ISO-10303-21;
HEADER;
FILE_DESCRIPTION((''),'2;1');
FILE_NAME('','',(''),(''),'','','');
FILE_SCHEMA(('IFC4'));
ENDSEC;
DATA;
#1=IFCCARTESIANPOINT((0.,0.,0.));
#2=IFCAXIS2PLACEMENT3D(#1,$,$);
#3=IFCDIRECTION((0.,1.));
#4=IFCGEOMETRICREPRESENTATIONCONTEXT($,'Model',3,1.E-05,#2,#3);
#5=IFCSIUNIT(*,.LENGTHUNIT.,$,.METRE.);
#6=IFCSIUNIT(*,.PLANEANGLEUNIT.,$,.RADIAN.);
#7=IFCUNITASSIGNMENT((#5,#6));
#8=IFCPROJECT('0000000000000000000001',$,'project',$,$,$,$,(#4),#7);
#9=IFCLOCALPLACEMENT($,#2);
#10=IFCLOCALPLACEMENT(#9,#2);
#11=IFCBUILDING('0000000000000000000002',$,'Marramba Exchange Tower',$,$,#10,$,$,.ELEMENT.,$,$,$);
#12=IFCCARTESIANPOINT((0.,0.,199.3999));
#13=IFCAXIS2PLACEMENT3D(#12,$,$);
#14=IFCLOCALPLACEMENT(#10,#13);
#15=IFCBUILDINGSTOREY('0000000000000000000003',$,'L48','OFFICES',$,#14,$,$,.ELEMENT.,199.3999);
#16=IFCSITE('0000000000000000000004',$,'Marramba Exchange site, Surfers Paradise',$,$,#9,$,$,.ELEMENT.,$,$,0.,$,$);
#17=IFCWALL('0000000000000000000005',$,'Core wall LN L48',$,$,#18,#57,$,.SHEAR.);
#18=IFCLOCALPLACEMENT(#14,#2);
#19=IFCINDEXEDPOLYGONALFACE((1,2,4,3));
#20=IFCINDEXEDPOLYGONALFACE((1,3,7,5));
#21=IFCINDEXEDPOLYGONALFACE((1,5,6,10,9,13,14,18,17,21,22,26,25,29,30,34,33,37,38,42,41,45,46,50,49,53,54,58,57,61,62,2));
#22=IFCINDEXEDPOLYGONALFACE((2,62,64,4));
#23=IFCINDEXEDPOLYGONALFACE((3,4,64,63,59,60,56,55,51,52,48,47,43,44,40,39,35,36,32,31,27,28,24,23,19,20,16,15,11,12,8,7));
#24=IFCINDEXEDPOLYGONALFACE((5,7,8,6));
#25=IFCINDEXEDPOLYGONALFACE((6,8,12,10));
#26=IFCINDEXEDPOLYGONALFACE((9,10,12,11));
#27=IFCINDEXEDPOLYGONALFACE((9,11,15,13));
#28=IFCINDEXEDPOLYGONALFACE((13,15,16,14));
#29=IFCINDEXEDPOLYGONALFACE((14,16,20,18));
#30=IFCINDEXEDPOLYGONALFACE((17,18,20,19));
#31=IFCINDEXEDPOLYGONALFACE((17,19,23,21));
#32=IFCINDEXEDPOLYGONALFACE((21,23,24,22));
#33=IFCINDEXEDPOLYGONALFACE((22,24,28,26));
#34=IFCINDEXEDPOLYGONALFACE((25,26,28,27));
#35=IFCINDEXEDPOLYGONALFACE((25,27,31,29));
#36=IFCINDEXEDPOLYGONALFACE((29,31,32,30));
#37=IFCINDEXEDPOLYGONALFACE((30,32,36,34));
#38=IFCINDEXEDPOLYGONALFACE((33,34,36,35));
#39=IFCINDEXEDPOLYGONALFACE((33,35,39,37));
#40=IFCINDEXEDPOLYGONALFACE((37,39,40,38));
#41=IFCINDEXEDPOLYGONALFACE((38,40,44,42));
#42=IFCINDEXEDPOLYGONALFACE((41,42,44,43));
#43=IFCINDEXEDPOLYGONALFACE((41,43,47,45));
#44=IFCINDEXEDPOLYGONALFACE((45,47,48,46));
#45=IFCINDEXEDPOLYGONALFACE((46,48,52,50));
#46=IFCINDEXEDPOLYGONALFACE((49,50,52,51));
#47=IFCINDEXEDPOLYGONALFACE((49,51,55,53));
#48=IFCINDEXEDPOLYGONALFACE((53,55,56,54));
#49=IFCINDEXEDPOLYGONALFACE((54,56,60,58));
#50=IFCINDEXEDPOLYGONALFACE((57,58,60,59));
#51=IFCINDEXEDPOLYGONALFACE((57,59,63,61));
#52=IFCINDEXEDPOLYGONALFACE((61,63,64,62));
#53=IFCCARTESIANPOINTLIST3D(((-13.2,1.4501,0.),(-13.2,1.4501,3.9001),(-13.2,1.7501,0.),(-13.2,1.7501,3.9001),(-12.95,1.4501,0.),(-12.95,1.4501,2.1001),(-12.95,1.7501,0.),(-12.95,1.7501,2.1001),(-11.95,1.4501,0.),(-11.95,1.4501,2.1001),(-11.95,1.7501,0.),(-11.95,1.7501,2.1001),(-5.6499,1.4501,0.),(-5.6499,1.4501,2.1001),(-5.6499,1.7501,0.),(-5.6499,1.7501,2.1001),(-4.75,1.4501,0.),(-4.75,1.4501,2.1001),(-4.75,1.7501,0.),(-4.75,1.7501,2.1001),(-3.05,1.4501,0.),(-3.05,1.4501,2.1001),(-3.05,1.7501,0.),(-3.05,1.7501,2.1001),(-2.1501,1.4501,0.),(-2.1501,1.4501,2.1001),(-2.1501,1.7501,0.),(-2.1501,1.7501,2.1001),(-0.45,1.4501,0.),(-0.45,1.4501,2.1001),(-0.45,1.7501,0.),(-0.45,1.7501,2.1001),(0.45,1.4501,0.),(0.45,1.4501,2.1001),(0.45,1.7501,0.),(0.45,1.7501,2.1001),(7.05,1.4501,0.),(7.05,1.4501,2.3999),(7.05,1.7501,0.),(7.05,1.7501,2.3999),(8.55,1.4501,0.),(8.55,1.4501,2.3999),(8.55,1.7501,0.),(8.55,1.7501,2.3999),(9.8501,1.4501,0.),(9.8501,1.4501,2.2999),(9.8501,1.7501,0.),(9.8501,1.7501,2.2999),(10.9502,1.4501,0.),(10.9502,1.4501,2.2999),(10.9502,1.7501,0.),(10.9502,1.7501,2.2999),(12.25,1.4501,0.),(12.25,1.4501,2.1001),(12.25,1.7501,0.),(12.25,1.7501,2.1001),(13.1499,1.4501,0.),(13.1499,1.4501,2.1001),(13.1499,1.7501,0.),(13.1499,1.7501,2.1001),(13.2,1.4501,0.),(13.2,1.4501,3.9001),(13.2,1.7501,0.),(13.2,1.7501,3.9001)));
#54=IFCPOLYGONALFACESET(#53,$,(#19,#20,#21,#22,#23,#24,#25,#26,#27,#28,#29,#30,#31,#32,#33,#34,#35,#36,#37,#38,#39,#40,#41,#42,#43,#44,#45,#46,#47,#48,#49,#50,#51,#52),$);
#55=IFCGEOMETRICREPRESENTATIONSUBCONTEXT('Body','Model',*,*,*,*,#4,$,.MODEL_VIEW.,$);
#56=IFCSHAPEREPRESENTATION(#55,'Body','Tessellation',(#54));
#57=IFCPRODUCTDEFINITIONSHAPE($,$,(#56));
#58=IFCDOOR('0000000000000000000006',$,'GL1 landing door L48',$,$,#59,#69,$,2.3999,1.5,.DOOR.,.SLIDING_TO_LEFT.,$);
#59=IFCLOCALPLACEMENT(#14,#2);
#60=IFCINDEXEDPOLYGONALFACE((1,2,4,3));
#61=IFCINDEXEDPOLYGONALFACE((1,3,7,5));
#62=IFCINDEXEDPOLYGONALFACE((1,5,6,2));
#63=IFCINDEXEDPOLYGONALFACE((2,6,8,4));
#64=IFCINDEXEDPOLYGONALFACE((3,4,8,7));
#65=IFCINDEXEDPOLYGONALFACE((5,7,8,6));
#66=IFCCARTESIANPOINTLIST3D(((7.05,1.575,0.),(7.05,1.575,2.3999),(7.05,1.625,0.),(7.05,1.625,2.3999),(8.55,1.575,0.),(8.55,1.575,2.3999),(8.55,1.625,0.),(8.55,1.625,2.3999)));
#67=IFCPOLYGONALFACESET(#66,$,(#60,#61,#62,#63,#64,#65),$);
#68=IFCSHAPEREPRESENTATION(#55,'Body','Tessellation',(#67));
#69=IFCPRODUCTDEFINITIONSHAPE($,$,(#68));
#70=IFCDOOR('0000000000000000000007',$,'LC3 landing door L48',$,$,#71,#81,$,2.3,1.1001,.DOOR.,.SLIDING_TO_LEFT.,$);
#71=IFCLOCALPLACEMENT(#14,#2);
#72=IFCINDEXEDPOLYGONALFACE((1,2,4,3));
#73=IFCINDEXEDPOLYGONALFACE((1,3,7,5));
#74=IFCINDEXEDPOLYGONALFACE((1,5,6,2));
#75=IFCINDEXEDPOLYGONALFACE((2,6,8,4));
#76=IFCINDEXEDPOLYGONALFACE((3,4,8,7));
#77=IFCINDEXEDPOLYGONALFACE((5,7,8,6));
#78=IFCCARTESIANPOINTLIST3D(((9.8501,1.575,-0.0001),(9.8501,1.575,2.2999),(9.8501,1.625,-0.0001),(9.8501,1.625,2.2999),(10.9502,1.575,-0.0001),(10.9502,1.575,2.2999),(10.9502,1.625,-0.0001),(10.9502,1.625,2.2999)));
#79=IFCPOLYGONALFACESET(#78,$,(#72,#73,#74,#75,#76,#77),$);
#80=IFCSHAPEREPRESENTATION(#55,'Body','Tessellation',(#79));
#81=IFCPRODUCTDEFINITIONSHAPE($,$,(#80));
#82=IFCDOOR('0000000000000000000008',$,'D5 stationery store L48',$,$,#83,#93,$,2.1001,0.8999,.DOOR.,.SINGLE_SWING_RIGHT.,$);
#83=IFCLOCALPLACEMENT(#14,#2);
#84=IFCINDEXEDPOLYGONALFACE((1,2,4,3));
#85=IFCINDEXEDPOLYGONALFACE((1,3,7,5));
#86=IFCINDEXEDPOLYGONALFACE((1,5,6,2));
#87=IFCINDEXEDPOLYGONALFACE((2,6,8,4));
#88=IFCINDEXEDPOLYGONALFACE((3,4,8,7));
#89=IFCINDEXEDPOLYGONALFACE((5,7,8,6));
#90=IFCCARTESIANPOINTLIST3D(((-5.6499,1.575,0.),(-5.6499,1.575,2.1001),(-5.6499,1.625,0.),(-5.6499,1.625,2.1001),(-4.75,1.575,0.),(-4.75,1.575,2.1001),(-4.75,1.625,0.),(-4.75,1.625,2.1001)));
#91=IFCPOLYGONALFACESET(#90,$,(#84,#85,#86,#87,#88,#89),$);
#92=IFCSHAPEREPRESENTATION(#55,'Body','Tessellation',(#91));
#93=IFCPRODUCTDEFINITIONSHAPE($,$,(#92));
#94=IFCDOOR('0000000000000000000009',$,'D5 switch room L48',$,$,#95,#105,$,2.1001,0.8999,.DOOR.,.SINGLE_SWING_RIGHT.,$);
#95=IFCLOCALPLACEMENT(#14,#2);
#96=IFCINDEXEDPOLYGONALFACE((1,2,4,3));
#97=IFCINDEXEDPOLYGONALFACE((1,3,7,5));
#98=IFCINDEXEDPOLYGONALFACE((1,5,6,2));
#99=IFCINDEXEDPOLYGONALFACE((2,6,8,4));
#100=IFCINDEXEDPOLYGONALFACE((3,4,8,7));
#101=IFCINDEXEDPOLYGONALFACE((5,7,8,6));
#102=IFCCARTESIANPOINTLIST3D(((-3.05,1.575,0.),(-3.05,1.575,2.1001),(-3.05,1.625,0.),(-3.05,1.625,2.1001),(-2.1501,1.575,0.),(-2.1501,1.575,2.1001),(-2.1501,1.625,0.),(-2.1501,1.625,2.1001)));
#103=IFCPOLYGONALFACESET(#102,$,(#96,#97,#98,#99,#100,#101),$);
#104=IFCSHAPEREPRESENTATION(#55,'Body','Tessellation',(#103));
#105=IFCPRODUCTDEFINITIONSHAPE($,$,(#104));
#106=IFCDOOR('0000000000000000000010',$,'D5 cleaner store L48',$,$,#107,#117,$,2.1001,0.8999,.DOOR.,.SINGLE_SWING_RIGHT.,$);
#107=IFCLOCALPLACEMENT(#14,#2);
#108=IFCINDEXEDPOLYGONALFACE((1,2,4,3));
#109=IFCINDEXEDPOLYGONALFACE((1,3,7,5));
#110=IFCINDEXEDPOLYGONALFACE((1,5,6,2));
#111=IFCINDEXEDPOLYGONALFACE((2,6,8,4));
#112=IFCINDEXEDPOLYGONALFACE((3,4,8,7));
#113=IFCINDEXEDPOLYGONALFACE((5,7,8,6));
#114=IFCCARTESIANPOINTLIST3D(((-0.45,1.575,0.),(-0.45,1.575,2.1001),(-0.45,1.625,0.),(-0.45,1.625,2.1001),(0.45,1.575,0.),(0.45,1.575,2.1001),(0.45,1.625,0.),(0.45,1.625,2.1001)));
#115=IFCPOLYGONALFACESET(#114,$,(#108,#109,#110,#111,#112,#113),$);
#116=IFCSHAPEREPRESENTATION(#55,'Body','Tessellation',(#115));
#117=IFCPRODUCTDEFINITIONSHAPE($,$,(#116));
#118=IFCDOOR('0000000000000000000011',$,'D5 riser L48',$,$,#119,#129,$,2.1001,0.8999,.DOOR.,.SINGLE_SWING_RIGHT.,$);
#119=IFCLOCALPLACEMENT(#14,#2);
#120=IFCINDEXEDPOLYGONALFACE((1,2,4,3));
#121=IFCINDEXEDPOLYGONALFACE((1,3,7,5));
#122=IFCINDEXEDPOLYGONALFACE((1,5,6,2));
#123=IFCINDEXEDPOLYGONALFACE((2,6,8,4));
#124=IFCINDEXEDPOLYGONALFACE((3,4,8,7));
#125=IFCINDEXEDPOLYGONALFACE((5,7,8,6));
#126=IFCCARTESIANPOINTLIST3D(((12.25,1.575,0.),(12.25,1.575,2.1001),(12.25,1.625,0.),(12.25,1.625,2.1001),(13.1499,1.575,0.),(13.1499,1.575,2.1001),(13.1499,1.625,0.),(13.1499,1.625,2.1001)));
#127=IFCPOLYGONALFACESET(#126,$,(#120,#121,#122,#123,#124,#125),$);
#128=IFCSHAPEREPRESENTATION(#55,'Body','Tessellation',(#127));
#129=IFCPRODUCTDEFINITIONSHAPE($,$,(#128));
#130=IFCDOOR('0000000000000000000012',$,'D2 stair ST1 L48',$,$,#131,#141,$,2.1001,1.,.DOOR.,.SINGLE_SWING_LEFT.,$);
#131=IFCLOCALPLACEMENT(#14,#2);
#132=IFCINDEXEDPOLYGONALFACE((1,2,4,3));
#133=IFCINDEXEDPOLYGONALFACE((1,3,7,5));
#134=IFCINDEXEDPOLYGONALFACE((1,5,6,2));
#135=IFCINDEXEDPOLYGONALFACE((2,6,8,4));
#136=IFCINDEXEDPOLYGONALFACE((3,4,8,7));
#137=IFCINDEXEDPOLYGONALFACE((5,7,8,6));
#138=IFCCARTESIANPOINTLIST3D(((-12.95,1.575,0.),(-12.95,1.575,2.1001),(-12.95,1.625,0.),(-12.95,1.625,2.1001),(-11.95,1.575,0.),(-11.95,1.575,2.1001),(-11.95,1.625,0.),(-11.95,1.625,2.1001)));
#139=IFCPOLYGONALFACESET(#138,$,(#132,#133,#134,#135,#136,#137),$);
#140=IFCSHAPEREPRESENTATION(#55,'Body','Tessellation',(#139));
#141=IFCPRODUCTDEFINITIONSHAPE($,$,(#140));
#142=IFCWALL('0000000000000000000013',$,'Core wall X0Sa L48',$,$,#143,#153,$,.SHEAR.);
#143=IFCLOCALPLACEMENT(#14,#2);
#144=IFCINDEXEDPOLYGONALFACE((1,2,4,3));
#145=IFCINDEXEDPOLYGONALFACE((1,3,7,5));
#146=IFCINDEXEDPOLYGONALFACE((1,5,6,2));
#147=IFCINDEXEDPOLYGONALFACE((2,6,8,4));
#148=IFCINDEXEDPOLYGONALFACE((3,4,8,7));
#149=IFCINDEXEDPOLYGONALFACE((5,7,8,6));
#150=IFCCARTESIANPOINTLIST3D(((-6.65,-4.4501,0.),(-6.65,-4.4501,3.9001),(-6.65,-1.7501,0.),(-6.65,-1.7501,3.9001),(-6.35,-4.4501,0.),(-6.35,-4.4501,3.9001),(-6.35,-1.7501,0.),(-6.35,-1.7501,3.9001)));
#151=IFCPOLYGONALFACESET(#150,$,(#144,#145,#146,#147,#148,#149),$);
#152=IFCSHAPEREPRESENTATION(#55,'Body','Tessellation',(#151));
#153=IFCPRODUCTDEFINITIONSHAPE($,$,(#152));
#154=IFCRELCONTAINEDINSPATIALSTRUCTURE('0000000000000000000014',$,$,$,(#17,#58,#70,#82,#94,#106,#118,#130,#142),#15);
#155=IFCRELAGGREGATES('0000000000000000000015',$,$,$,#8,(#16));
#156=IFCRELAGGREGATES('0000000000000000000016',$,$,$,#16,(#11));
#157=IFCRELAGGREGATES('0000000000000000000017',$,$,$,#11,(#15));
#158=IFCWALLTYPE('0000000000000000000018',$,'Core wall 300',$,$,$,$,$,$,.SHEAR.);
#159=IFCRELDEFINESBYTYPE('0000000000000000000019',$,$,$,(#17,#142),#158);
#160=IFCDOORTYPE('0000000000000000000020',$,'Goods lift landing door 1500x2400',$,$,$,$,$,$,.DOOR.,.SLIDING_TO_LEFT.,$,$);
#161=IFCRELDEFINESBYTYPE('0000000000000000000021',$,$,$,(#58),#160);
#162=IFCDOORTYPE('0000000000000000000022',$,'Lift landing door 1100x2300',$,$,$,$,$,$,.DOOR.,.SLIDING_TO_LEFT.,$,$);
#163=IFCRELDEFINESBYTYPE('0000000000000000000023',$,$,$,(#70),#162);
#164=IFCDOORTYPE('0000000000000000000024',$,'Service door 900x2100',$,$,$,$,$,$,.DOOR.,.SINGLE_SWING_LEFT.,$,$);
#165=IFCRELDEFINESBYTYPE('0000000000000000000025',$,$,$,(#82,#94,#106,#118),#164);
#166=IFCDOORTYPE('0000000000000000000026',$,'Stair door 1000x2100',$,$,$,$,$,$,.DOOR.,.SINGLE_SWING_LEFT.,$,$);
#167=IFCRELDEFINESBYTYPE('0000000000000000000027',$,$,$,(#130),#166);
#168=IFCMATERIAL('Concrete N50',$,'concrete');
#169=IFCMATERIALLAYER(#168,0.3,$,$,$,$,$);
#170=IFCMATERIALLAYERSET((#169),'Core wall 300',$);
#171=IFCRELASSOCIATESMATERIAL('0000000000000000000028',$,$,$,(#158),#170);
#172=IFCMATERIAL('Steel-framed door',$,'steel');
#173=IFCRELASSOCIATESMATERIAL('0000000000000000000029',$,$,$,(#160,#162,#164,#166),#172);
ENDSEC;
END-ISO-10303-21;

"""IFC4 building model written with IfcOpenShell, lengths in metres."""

from ifc_helpers import new_model, si_unit, direction, frame, frame_2d, origin, place, context, subcontext, project, spatial, rectangle, extrude, material, layer, layer_set, type_object, element, fill, save


model = new_model("IFC4")

# Units and contexts
model_context = context("Model", 3, precision=1e-05, world=origin(), true_north=direction((0.0, 1.0)))
body_context = subcontext(model_context, "Body", "Model", "MODEL_VIEW")
ifc_project = project(units=[si_unit("LENGTHUNIT", "METRE"), si_unit("PLANEANGLEUNIT", "RADIAN")], contexts=[model_context])

# Site, building, storey
site_placement = place(None, origin())
site = spatial("IfcSite", under=ifc_project, at=site_placement, Name="Marramba Exchange site, Surfers Paradise", CompositionType="ELEMENT", RefElevation=0.0)
building_placement = place(site_placement, origin())
building = spatial("IfcBuilding", under=site, at=building_placement, Name="Marramba Exchange Tower", CompositionType="ELEMENT")
storey_placement = place(building_placement, frame((0.0, 0.0, 199.3999)))
storey = spatial("IfcBuildingStorey", under=building, at=storey_placement, Name="L48", Description="OFFICES", CompositionType="ELEMENT", Elevation=199.3999)

# Shared definitions
ifc_material_1 = material(Name="Concrete N50", Category="concrete")

# Wall, openings, doors
ifc_layer_1 = layer(ifc_material_1, 0.3)
ifc_layer_set_1 = layer_set([ifc_layer_1], Name="Core wall 300")
wall_type_1 = type_object("IfcWallType", Name="Core wall 300", PredefinedType="SHEAR", material=ifc_layer_set_1)
wall_1_placement = place(storey_placement, frame((-13.2, 1.6001, 0.0), z_axis=(0.0, 0.0, 1.0), x_axis=(1.0, 0.0, 0.0)))
wall_1 = element("IfcWall", 1, at=wall_1_placement, inside=storey, type_object=wall_type_1, Name="Core wall LN L48", PredefinedType="SHEAR", context=body_context, shape_type="SweptSolid", body=[
    extrude(rectangle(XDim=26.3999, YDim=0.3, at=frame_2d((13.2, 0.0))), origin(), (0.0, 0.0, 1.0), 3.9001),
])
opening_1_placement = place(wall_1_placement, frame((0.25, 0.0, 0.0)))
opening_1 = element("IfcOpeningElement", 2, at=opening_1_placement, cuts=wall_1, PredefinedType="OPENING", context=body_context, shape_type="SweptSolid", body=[
    extrude(rectangle(XDim=1.0, YDim=2.1001, at=frame_2d((0.5, 1.05))), frame((0.0, 0.1599, 0.0), z_axis=(0.0, -1.0, 0.0), x_axis=(1.0, 0.0, 0.0)), (0.0, 0.0, 1.0), 0.3201),
])
opening_2_placement = place(wall_1_placement, frame((23.05, 0.0, 0.0)))
opening_2 = element("IfcOpeningElement", 3, at=opening_2_placement, cuts=wall_1, PredefinedType="OPENING", context=body_context, shape_type="SweptSolid", body=[
    extrude(rectangle(XDim=1.1001, YDim=2.3, at=frame_2d((0.55, 1.1499))), frame((0.0, 0.1599, 0.0), z_axis=(0.0, -1.0, 0.0), x_axis=(1.0, 0.0, 0.0)), (0.0, 0.0, 1.0), 0.3201),
])
opening_3_placement = place(wall_1_placement, frame((20.25, 0.0, 0.0)))
opening_3 = element("IfcOpeningElement", 4, at=opening_3_placement, cuts=wall_1, PredefinedType="OPENING", context=body_context, shape_type="SweptSolid", body=[
    extrude(rectangle(XDim=1.5, YDim=2.3999, at=frame_2d((0.75, 1.2))), frame((0.0, 0.1599, 0.0), z_axis=(0.0, -1.0, 0.0), x_axis=(1.0, 0.0, 0.0)), (0.0, 0.0, 1.0), 0.3201),
])
opening_4_placement = place(wall_1_placement, frame((7.55, 0.0, 0.0)))
opening_4 = element("IfcOpeningElement", 5, at=opening_4_placement, cuts=wall_1, PredefinedType="OPENING", context=body_context, shape_type="SweptSolid", body=[
    extrude(rectangle(XDim=0.8999, YDim=2.1001, at=frame_2d((0.45, 1.05))), frame((0.0, 0.1599, 0.0), z_axis=(0.0, -1.0, 0.0), x_axis=(1.0, 0.0, 0.0)), (0.0, 0.0, 1.0), 0.3201),
])
opening_5_placement = place(wall_1_placement, frame((10.1499, 0.0, 0.0)))
opening_5 = element("IfcOpeningElement", 6, at=opening_5_placement, cuts=wall_1, PredefinedType="OPENING", context=body_context, shape_type="SweptSolid", body=[
    extrude(rectangle(XDim=0.8999, YDim=2.1001, at=frame_2d((0.45, 1.05))), frame((0.0, 0.1599, 0.0), z_axis=(0.0, -1.0, 0.0), x_axis=(1.0, 0.0, 0.0)), (0.0, 0.0, 1.0), 0.3201),
])
opening_6_placement = place(wall_1_placement, frame((12.75, 0.0, 0.0)))
opening_6 = element("IfcOpeningElement", 7, at=opening_6_placement, cuts=wall_1, PredefinedType="OPENING", context=body_context, shape_type="SweptSolid", body=[
    extrude(rectangle(XDim=0.8999, YDim=2.1001, at=frame_2d((0.45, 1.05))), frame((0.0, 0.1599, 0.0), z_axis=(0.0, -1.0, 0.0), x_axis=(1.0, 0.0, 0.0)), (0.0, 0.0, 1.0), 0.3201),
])
opening_7_placement = place(wall_1_placement, frame((25.45, 0.0, 0.0)))
opening_7 = element("IfcOpeningElement", 8, at=opening_7_placement, cuts=wall_1, PredefinedType="OPENING", context=body_context, shape_type="SweptSolid", body=[
    extrude(rectangle(XDim=0.8999, YDim=2.1001, at=frame_2d((0.45, 1.05))), frame((0.0, 0.1599, 0.0), z_axis=(0.0, -1.0, 0.0), x_axis=(1.0, 0.0, 0.0)), (0.0, 0.0, 1.0), 0.3201),
])
ifc_material_2 = material(Name="Steel-framed door", Category="steel")
door_type_1 = type_object("IfcDoorType", Name="Goods lift landing door 1500x2400", OperationType="SLIDING_TO_LEFT", PredefinedType="DOOR", material=ifc_material_2)
door_1_placement = place(opening_3_placement, origin())
door_1 = element("IfcDoor", 9, at=door_1_placement, inside=storey, type_object=door_type_1, Name="GL1 landing door L48", OperationType="SLIDING_TO_LEFT", OverallHeight=2.3999, OverallWidth=1.5, PredefinedType="DOOR", context=body_context, shape_type="SweptSolid", body=[
    extrude(rectangle(XDim=1.5, YDim=2.3999, at=frame_2d((0.75, 1.2))), frame((0.0, 0.0249, 0.0), z_axis=(0.0, -1.0, 0.0), x_axis=(1.0, 0.0, 0.0)), (0.0, 0.0, 1.0), 0.05),
])
fill(opening_3, door_1)
door_type_2 = type_object("IfcDoorType", Name="Lift landing door 1100x2300", OperationType="SLIDING_TO_LEFT", PredefinedType="DOOR", material=ifc_material_2)
door_2_placement = place(opening_2_placement, origin())
door_2 = element("IfcDoor", 10, at=door_2_placement, inside=storey, type_object=door_type_2, Name="LC3 landing door L48", OperationType="SLIDING_TO_LEFT", OverallHeight=2.3, OverallWidth=1.1001, PredefinedType="DOOR", context=body_context, shape_type="SweptSolid", body=[
    extrude(rectangle(XDim=1.1001, YDim=2.3, at=frame_2d((0.55, 1.1499))), frame((0.0, 0.0249, 0.0), z_axis=(0.0, -1.0, 0.0), x_axis=(1.0, 0.0, 0.0)), (0.0, 0.0, 1.0), 0.05),
])
fill(opening_2, door_2)
door_type_3 = type_object("IfcDoorType", Name="Service door 900x2100", OperationType="SINGLE_SWING_LEFT", PredefinedType="DOOR", material=ifc_material_2)
door_3_placement = place(opening_4_placement, origin())
door_3 = element("IfcDoor", 11, at=door_3_placement, inside=storey, type_object=door_type_3, Name="D5 stationery store L48", OperationType="SINGLE_SWING_RIGHT", OverallHeight=2.1001, OverallWidth=0.8999, PredefinedType="DOOR", context=body_context, shape_type="SweptSolid", body=[
    extrude(rectangle(XDim=0.8999, YDim=2.1001, at=frame_2d((0.45, 1.05))), frame((0.0, 0.0249, 0.0), z_axis=(0.0, -1.0, 0.0), x_axis=(1.0, 0.0, 0.0)), (0.0, 0.0, 1.0), 0.05),
])
fill(opening_4, door_3)
door_4_placement = place(opening_5_placement, origin())
door_4 = element("IfcDoor", 12, at=door_4_placement, inside=storey, type_object=door_type_3, Name="D5 switch room L48", OperationType="SINGLE_SWING_RIGHT", OverallHeight=2.1001, OverallWidth=0.8999, PredefinedType="DOOR", context=body_context, shape_type="SweptSolid", body=[
    extrude(rectangle(XDim=0.8999, YDim=2.1001, at=frame_2d((0.45, 1.05))), frame((0.0, 0.0249, 0.0), z_axis=(0.0, -1.0, 0.0), x_axis=(1.0, 0.0, 0.0)), (0.0, 0.0, 1.0), 0.05),
])
fill(opening_5, door_4)
door_5_placement = place(opening_6_placement, origin())
door_5 = element("IfcDoor", 13, at=door_5_placement, inside=storey, type_object=door_type_3, Name="D5 cleaner store L48", OperationType="SINGLE_SWING_RIGHT", OverallHeight=2.1001, OverallWidth=0.8999, PredefinedType="DOOR", context=body_context, shape_type="SweptSolid", body=[
    extrude(rectangle(XDim=0.8999, YDim=2.1001, at=frame_2d((0.45, 1.05))), frame((0.0, 0.0249, 0.0), z_axis=(0.0, -1.0, 0.0), x_axis=(1.0, 0.0, 0.0)), (0.0, 0.0, 1.0), 0.05),
])
fill(opening_6, door_5)
door_6_placement = place(opening_7_placement, origin())
door_6 = element("IfcDoor", 14, at=door_6_placement, inside=storey, type_object=door_type_3, Name="D5 riser L48", OperationType="SINGLE_SWING_RIGHT", OverallHeight=2.1001, OverallWidth=0.8999, PredefinedType="DOOR", context=body_context, shape_type="SweptSolid", body=[
    extrude(rectangle(XDim=0.8999, YDim=2.1001, at=frame_2d((0.45, 1.05))), frame((0.0, 0.0249, 0.0), z_axis=(0.0, -1.0, 0.0), x_axis=(1.0, 0.0, 0.0)), (0.0, 0.0, 1.0), 0.05),
])
fill(opening_7, door_6)
door_type_4 = type_object("IfcDoorType", Name="Stair door 1000x2100", OperationType="SINGLE_SWING_LEFT", PredefinedType="DOOR", material=ifc_material_2)
door_7_placement = place(opening_1_placement, origin())
door_7 = element("IfcDoor", 15, at=door_7_placement, inside=storey, type_object=door_type_4, Name="D2 stair ST1 L48", OperationType="SINGLE_SWING_LEFT", OverallHeight=2.1001, OverallWidth=1.0, PredefinedType="DOOR", context=body_context, shape_type="SweptSolid", body=[
    extrude(rectangle(XDim=1.0, YDim=2.1001, at=frame_2d((0.5, 1.05))), frame((0.0, 0.0249, 0.0), z_axis=(0.0, -1.0, 0.0), x_axis=(1.0, 0.0, 0.0)), (0.0, 0.0, 1.0), 0.05),
])
fill(opening_1, door_7)

# Wall
wall_2_placement = place(storey_placement, frame((-6.5, -1.75, 0.0), z_axis=(0.0, 0.0, 1.0), x_axis=(0.0, -1.0, 0.0)))
element("IfcWall", 16, at=wall_2_placement, inside=storey, type_object=wall_type_1, Name="Core wall X0Sa L48", PredefinedType="SHEAR", context=body_context, shape_type="SweptSolid", body=[
    extrude(rectangle(XDim=2.7, YDim=0.3, at=frame_2d((1.3501, 0.0))), origin(), (0.0, 0.0, 1.0), 3.9001),
])

save(model, "model.ifc")
